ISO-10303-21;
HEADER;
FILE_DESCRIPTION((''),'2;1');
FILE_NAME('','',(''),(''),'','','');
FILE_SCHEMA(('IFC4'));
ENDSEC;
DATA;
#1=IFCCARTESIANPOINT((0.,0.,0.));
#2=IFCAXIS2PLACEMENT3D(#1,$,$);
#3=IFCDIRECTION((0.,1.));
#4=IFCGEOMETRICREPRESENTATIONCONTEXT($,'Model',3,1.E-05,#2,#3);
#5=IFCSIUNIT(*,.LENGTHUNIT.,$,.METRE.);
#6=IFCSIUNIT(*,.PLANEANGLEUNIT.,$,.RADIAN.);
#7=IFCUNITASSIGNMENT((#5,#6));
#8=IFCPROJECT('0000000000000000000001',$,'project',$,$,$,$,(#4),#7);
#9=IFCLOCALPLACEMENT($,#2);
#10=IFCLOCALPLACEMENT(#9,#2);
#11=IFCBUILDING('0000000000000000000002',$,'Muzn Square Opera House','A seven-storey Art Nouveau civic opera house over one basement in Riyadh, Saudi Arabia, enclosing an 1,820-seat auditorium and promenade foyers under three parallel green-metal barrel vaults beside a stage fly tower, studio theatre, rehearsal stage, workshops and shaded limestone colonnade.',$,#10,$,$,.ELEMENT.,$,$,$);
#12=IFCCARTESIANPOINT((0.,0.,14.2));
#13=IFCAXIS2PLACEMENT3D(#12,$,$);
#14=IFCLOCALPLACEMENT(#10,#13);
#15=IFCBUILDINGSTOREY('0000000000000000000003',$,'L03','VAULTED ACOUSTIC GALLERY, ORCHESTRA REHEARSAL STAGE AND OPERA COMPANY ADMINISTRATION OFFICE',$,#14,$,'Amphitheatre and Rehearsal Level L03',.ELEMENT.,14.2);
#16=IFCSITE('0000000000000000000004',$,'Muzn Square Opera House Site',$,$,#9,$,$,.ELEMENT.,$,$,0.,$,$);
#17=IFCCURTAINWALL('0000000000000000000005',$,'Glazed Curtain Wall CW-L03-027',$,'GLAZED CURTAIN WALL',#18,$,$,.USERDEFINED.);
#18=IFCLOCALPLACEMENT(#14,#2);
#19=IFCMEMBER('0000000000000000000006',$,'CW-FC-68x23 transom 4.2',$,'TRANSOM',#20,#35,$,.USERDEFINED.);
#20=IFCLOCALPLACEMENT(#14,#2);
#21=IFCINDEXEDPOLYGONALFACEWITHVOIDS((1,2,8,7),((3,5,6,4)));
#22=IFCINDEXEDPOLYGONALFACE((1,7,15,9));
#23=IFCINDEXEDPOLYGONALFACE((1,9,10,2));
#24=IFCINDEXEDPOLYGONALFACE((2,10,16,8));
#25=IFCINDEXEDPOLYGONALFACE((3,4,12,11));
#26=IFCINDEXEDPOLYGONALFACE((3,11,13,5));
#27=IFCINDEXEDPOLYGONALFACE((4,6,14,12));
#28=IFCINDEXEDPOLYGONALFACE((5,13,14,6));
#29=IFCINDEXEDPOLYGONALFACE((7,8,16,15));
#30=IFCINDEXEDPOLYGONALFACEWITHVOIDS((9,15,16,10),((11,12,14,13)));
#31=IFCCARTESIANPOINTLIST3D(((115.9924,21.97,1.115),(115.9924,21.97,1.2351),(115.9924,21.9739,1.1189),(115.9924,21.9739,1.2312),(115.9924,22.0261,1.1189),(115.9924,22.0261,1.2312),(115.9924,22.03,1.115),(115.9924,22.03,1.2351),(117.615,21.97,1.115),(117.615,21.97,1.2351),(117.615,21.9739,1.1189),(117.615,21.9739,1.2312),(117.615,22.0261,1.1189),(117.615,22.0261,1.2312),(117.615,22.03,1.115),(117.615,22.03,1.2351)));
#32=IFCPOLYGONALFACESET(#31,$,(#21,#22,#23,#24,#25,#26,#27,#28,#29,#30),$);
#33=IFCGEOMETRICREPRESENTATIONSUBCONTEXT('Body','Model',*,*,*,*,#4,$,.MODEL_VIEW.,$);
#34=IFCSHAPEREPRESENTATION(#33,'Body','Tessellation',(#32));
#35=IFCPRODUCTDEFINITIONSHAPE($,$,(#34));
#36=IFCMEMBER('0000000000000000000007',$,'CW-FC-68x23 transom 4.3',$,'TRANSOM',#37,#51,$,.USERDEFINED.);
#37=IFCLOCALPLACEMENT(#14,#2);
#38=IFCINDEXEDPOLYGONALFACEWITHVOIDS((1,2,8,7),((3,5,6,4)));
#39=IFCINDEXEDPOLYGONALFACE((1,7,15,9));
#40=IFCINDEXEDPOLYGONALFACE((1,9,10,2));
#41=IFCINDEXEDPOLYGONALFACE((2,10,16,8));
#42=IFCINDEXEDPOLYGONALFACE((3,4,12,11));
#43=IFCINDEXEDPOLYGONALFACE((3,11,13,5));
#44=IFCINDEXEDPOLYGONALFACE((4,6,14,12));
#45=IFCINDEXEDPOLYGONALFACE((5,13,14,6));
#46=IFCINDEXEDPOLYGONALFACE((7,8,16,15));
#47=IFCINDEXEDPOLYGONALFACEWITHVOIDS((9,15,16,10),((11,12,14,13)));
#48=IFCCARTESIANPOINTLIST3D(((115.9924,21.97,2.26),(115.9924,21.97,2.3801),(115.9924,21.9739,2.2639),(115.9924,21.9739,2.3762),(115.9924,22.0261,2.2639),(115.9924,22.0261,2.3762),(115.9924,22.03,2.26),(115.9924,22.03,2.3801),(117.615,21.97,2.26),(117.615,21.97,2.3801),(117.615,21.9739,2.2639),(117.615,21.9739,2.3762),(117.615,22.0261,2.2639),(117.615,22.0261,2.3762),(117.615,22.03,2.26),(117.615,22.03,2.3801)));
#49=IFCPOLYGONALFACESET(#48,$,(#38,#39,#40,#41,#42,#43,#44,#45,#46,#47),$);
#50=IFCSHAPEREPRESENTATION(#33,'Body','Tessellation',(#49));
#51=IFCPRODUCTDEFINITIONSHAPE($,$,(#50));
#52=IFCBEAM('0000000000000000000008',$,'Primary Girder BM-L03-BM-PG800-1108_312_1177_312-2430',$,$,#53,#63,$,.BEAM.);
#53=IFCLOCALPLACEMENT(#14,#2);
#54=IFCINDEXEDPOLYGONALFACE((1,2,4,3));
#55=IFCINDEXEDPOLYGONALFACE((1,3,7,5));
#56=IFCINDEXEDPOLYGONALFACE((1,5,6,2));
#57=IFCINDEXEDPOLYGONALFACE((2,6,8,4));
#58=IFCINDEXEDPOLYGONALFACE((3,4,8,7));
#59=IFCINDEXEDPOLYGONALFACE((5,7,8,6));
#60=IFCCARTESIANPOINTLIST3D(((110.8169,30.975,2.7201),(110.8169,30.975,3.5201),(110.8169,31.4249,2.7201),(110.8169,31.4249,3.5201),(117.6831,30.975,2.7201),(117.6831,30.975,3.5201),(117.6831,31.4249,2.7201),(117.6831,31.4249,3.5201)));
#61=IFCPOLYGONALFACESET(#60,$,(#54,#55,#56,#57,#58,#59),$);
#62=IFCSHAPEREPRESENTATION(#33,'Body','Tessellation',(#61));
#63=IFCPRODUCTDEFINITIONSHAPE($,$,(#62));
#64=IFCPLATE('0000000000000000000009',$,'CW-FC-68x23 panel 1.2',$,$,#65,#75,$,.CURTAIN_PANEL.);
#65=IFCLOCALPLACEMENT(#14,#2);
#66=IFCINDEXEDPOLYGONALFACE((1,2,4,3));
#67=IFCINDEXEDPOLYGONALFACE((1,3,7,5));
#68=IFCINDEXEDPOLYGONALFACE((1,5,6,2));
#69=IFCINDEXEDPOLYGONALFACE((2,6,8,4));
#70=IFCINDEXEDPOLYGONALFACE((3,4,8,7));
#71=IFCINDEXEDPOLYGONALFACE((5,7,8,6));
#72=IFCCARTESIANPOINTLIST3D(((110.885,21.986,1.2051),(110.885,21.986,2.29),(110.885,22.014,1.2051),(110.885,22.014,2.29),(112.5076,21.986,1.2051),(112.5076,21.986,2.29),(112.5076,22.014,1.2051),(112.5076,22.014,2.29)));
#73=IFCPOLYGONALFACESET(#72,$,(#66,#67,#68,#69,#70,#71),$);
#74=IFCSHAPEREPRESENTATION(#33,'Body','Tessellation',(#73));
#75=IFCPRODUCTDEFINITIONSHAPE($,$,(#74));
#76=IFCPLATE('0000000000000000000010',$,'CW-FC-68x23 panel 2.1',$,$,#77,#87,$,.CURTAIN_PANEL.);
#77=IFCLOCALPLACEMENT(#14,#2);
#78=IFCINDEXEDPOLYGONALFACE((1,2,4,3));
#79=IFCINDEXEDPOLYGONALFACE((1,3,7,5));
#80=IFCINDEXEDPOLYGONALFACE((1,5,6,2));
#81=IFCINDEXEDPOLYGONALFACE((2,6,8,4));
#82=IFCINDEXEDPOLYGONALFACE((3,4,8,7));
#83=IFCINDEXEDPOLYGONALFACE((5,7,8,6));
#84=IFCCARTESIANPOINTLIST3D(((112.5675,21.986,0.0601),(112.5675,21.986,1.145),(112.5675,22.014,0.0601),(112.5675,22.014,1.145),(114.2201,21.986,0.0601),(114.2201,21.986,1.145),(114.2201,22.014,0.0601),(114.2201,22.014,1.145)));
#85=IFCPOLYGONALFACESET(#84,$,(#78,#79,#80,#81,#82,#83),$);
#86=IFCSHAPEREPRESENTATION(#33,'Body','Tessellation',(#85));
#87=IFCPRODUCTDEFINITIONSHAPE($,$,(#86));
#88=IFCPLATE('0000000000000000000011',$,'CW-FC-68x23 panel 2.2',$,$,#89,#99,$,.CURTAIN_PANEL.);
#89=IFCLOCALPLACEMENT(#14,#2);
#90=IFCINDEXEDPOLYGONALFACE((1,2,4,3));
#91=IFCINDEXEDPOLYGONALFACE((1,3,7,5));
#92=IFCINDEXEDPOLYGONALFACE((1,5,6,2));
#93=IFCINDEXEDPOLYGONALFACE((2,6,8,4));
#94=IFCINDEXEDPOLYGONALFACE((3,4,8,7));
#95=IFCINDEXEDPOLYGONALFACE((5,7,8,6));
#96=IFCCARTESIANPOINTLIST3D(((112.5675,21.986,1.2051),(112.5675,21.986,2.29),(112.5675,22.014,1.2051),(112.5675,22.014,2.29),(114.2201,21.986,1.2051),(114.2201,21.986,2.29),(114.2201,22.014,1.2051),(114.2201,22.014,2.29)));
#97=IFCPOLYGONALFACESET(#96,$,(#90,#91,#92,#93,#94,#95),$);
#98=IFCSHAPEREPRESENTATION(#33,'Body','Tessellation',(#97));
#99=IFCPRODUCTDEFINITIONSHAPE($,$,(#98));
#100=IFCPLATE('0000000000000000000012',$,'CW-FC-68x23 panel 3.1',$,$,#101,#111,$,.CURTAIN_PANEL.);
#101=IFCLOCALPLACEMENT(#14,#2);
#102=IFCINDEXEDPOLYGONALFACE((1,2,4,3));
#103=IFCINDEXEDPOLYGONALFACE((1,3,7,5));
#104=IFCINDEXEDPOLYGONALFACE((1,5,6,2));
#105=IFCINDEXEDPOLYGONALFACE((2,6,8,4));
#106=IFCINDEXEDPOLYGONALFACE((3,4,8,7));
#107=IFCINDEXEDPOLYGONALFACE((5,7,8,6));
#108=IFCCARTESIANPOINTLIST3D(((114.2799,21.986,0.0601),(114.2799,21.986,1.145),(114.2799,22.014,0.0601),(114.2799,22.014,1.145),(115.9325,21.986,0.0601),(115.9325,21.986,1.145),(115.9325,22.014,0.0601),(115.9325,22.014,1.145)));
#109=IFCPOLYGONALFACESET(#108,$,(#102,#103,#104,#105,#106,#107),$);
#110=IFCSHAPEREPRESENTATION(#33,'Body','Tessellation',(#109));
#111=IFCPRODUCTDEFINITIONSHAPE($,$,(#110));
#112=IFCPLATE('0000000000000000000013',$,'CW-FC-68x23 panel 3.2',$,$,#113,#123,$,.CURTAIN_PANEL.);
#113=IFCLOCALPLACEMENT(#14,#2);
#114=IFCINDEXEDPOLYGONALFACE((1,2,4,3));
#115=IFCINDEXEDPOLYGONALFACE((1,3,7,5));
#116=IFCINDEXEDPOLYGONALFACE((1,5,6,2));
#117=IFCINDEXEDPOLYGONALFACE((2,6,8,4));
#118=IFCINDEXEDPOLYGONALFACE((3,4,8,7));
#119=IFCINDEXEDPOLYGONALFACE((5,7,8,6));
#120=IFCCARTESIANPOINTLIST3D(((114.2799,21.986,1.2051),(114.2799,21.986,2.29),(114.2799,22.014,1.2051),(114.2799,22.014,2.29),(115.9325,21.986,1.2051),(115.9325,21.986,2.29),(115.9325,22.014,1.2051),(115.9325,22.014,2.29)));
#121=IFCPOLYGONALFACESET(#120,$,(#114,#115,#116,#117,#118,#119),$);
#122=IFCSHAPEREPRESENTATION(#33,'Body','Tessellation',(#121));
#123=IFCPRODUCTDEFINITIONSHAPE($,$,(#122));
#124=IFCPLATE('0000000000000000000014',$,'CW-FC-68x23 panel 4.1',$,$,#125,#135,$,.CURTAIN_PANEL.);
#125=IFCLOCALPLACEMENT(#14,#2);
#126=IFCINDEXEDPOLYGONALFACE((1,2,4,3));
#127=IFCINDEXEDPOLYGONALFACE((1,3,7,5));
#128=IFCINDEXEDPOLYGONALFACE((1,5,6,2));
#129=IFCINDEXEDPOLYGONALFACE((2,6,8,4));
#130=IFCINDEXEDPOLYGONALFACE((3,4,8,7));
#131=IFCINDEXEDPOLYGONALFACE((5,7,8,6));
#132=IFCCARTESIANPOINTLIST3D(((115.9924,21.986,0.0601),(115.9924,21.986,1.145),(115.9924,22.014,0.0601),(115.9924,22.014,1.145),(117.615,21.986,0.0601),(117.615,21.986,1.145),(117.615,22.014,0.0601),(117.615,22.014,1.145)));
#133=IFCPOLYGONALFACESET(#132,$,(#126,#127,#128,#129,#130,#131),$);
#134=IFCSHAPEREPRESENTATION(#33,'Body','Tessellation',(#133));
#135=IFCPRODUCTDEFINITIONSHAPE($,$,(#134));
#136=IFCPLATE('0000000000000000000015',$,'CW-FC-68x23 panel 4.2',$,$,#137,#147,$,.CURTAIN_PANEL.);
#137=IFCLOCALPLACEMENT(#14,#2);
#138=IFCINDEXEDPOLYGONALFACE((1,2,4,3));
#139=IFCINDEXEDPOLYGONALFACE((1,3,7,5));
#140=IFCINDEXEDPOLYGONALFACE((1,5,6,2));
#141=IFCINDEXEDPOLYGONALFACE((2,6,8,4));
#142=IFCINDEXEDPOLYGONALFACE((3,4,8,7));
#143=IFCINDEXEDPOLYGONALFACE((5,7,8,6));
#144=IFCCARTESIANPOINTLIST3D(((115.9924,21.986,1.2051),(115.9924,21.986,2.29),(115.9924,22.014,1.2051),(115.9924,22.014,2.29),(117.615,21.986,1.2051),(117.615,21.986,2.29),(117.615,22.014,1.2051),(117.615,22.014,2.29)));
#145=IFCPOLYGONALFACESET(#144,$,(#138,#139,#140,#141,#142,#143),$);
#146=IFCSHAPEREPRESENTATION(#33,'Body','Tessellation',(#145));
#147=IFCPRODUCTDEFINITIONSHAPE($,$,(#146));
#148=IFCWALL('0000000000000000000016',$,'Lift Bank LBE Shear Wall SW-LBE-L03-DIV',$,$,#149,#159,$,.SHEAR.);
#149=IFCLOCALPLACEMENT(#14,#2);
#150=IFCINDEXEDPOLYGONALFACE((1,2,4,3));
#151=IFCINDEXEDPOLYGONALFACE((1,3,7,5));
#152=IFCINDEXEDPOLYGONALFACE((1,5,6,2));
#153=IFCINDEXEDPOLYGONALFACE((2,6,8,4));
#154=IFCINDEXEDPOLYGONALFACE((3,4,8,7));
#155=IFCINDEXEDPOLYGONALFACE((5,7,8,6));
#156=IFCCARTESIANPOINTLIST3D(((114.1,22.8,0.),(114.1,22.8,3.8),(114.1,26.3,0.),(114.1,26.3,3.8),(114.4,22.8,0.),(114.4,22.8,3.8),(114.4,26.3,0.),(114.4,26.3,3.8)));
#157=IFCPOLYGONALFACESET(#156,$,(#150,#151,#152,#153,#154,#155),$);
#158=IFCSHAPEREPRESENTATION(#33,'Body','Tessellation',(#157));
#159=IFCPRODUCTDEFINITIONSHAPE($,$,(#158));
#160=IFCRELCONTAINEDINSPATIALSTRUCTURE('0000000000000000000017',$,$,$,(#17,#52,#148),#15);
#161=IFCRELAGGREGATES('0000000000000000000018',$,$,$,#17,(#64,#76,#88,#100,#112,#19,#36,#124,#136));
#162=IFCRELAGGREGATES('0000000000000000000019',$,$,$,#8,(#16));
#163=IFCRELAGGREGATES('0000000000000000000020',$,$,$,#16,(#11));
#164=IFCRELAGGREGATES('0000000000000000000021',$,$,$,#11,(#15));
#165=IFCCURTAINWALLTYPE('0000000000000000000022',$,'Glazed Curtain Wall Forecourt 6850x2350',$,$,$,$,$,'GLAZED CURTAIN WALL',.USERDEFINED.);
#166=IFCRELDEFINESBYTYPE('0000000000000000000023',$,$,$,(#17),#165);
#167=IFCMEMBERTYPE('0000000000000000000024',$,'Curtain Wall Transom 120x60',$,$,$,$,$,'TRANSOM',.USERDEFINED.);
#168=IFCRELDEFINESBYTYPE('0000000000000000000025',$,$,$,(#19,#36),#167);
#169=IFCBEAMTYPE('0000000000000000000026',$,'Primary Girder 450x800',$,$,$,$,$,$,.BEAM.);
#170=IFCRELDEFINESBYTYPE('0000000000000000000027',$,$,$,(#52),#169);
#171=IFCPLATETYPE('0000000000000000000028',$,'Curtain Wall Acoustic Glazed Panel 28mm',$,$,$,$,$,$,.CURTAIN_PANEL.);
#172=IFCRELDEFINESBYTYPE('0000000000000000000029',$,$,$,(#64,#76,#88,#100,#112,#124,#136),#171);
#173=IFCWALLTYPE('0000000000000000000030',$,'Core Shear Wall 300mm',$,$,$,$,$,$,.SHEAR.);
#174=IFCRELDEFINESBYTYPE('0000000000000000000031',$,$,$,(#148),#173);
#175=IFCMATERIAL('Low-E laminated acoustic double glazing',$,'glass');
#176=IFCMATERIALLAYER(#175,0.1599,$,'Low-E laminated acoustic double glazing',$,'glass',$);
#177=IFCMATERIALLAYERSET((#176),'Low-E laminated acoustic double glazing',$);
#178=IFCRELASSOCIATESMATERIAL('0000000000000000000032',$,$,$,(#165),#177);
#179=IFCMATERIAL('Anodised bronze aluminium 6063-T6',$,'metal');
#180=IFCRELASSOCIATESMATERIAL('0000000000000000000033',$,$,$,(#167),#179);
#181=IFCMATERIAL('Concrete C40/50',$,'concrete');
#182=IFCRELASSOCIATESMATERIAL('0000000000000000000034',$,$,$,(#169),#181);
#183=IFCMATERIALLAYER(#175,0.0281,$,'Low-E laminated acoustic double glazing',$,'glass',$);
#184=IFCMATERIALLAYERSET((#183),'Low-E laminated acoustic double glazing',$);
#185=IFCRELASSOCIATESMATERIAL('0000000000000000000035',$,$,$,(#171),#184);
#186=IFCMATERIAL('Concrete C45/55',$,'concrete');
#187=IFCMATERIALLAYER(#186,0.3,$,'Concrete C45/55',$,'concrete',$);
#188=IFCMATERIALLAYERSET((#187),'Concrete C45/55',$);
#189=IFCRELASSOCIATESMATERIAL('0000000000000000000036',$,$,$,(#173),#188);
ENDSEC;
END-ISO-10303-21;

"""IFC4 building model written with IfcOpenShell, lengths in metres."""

from ifc_helpers import new_model, si_unit, direction, frame, frame_2d, origin, origin_2d, place, context, subcontext, project, spatial, rectangle, hollow_rectangle, extrude, material, layer, layer_set, material_profile, profile_set, type_object, element, aggregate, save


model = new_model("IFC4")

# Units and contexts
model_context = context("Model", 3, precision=1e-05, world=origin(), true_north=direction((0.0, 1.0)))
body_context = subcontext(model_context, "Body", "Model", "MODEL_VIEW")
ifc_project = project(units=[si_unit("LENGTHUNIT", "METRE"), si_unit("PLANEANGLEUNIT", "RADIAN")], contexts=[model_context])

# Site, building, storey
site_placement = place(None, origin())
site = spatial("IfcSite", under=ifc_project, at=site_placement, Name="Muzn Square Opera House Site", CompositionType="ELEMENT", RefElevation=0.0)
building_placement = place(site_placement, origin())
building = spatial("IfcBuilding", under=site, at=building_placement, Name="Muzn Square Opera House", Description="A seven-storey Art Nouveau civic opera house over one basement in Riyadh, Saudi Arabia, enclosing an 1,820-seat auditorium and promenade foyers under three parallel green-metal barrel vaults beside a stage fly tower, studio theatre, rehearsal stage, workshops and shaded limestone colonnade.", CompositionType="ELEMENT")
storey_placement = place(building_placement, frame((0.0, 0.0, 14.2)))
storey = spatial("IfcBuildingStorey", under=building, at=storey_placement, Name="L03", Description="VAULTED ACOUSTIC GALLERY, ORCHESTRA REHEARSAL STAGE AND OPERA COMPANY ADMINISTRATION OFFICE", LongName="Amphitheatre and Rehearsal Level L03", CompositionType="ELEMENT", Elevation=14.2)

# Curtain wall, members
ifc_material_1 = material(Name="Low-E laminated acoustic double glazing", Category="glass")
ifc_layer_1 = layer(ifc_material_1, 0.1599, Name="Low-E laminated acoustic double glazing", Category="glass")
ifc_layer_set_1 = layer_set([ifc_layer_1], Name="Low-E laminated acoustic double glazing")
curtain_wall_type = type_object("IfcCurtainWallType", Name="Glazed Curtain Wall Forecourt 6850x2350", ElementType="GLAZED CURTAIN WALL", PredefinedType="USERDEFINED", material=ifc_layer_set_1)
curtain_wall_placement = place(storey_placement, origin())
curtain_wall = element("IfcCurtainWall", 1, at=curtain_wall_placement, inside=storey, type_object=curtain_wall_type, Name="Glazed Curtain Wall CW-L03-027", ObjectType="GLAZED CURTAIN WALL", PredefinedType="USERDEFINED")
ifc_material_2 = material(Name="Anodised bronze aluminium 6063-T6", Category="metal")
ifc_material_profile_1 = material_profile(ifc_material_2, hollow_rectangle(XDim=0.0601, YDim=0.1201, WallThickness=0.0039, at=origin_2d()), Name="ALU 120x60x4", Category="metal")
ifc_profile_set_1 = profile_set([ifc_material_profile_1], Name="Anodised bronze aluminium 6063-T6")
member_type_1 = type_object("IfcMemberType", Name="Curtain Wall Transom 120x60", ElementType="TRANSOM", PredefinedType="USERDEFINED", material=ifc_profile_set_1)
member_1_placement = place(storey_placement, frame((115.9924, 22.0, 1.175), z_axis=(1.0, 0.0, 0.0), x_axis=(0.0, 1.0, 0.0)))
member_1 = element("IfcMember", 2, at=member_1_placement, type_object=member_type_1, Name="CW-FC-68x23 transom 4.2", ObjectType="TRANSOM", PredefinedType="USERDEFINED", context=body_context, shape_type="SweptSolid", body=[
    extrude(hollow_rectangle(XDim=0.0601, YDim=0.1201, WallThickness=0.0039, at=origin_2d()), origin(), (0.0, 0.0, 1.0), 1.6226),
])
member_2_placement = place(storey_placement, frame((115.9924, 22.0, 2.3201), z_axis=(1.0, 0.0, 0.0), x_axis=(0.0, 1.0, 0.0)))
member_2 = element("IfcMember", 3, at=member_2_placement, type_object=member_type_1, Name="CW-FC-68x23 transom 4.3", ObjectType="TRANSOM", PredefinedType="USERDEFINED", context=body_context, shape_type="SweptSolid", body=[
    extrude(hollow_rectangle(XDim=0.0601, YDim=0.1201, WallThickness=0.0039, at=origin_2d()), origin(), (0.0, 0.0, 1.0), 1.6226),
])

# Beam
ifc_material_3 = material(Name="Concrete C40/50", Category="concrete")
ifc_material_profile_2 = material_profile(ifc_material_3, rectangle(XDim=0.45, YDim=0.8, at=origin_2d()), Name="RCB 450x800", Category="concrete")
ifc_profile_set_2 = profile_set([ifc_material_profile_2], Name="Concrete C40/50")
beam_type = type_object("IfcBeamType", Name="Primary Girder 450x800", PredefinedType="BEAM", material=ifc_profile_set_2)
beam_placement = place(storey_placement, frame((110.8169, 31.2, 3.1201), z_axis=(1.0, 0.0, 0.0), x_axis=(0.0, 1.0, 0.0)))
element("IfcBeam", 4, at=beam_placement, inside=storey, type_object=beam_type, Name="Primary Girder BM-L03-BM-PG800-1108_312_1177_312-2430", PredefinedType="BEAM", context=body_context, shape_type="SweptSolid", body=[
    extrude(rectangle(XDim=0.45, YDim=0.8, at=origin_2d()), origin(), (0.0, 0.0, 1.0), 6.8662),
])

# Plates
ifc_layer_2 = layer(ifc_material_1, 0.0281, Name="Low-E laminated acoustic double glazing", Category="glass")
ifc_layer_set_2 = layer_set([ifc_layer_2], Name="Low-E laminated acoustic double glazing")
plate_type = type_object("IfcPlateType", Name="Curtain Wall Acoustic Glazed Panel 28mm", PredefinedType="CURTAIN_PANEL", material=ifc_layer_set_2)
plate_1_placement = place(storey_placement, frame((111.6963, 22.0, 1.2051), z_axis=(0.0, 0.0, 1.0), x_axis=(1.0, 0.0, 0.0)))
plate_1 = element("IfcPlate", 5, at=plate_1_placement, type_object=plate_type, Name="CW-FC-68x23 panel 1.2", PredefinedType="CURTAIN_PANEL", context=body_context, shape_type="SweptSolid", body=[
    extrude(rectangle(XDim=1.6226, YDim=0.0281, at=origin_2d()), origin(), (0.0, 0.0, 1.0), 1.085),
])
plate_2_placement = place(storey_placement, frame((113.3938, 22.0, 0.0601), z_axis=(0.0, 0.0, 1.0), x_axis=(1.0, 0.0, 0.0)))
plate_2 = element("IfcPlate", 6, at=plate_2_placement, type_object=plate_type, Name="CW-FC-68x23 panel 2.1", PredefinedType="CURTAIN_PANEL", context=body_context, shape_type="SweptSolid", body=[
    extrude(rectangle(XDim=1.6526, YDim=0.0281, at=origin_2d()), origin(), (0.0, 0.0, 1.0), 1.085),
])
plate_3_placement = place(storey_placement, frame((113.3938, 22.0, 1.2051), z_axis=(0.0, 0.0, 1.0), x_axis=(1.0, 0.0, 0.0)))
plate_3 = element("IfcPlate", 7, at=plate_3_placement, type_object=plate_type, Name="CW-FC-68x23 panel 2.2", PredefinedType="CURTAIN_PANEL", context=body_context, shape_type="SweptSolid", body=[
    extrude(rectangle(XDim=1.6526, YDim=0.0281, at=origin_2d()), origin(), (0.0, 0.0, 1.0), 1.085),
])
plate_4_placement = place(storey_placement, frame((115.1062, 22.0, 0.0601), z_axis=(0.0, 0.0, 1.0), x_axis=(1.0, 0.0, 0.0)))
plate_4 = element("IfcPlate", 8, at=plate_4_placement, type_object=plate_type, Name="CW-FC-68x23 panel 3.1", PredefinedType="CURTAIN_PANEL", context=body_context, shape_type="SweptSolid", body=[
    extrude(rectangle(XDim=1.6526, YDim=0.0281, at=origin_2d()), origin(), (0.0, 0.0, 1.0), 1.085),
])
plate_5_placement = place(storey_placement, frame((115.1062, 22.0, 1.2051), z_axis=(0.0, 0.0, 1.0), x_axis=(1.0, 0.0, 0.0)))
plate_5 = element("IfcPlate", 9, at=plate_5_placement, type_object=plate_type, Name="CW-FC-68x23 panel 3.2", PredefinedType="CURTAIN_PANEL", context=body_context, shape_type="SweptSolid", body=[
    extrude(rectangle(XDim=1.6526, YDim=0.0281, at=origin_2d()), origin(), (0.0, 0.0, 1.0), 1.085),
])
plate_6_placement = place(storey_placement, frame((116.8037, 22.0, 0.0601), z_axis=(0.0, 0.0, 1.0), x_axis=(1.0, 0.0, 0.0)))
plate_6 = element("IfcPlate", 10, at=plate_6_placement, type_object=plate_type, Name="CW-FC-68x23 panel 4.1", PredefinedType="CURTAIN_PANEL", context=body_context, shape_type="SweptSolid", body=[
    extrude(rectangle(XDim=1.6226, YDim=0.0281, at=origin_2d()), origin(), (0.0, 0.0, 1.0), 1.085),
])
plate_7_placement = place(storey_placement, frame((116.8037, 22.0, 1.2051), z_axis=(0.0, 0.0, 1.0), x_axis=(1.0, 0.0, 0.0)))
plate_7 = element("IfcPlate", 11, at=plate_7_placement, type_object=plate_type, Name="CW-FC-68x23 panel 4.2", PredefinedType="CURTAIN_PANEL", context=body_context, shape_type="SweptSolid", body=[
    extrude(rectangle(XDim=1.6226, YDim=0.0281, at=origin_2d()), origin(), (0.0, 0.0, 1.0), 1.085),
])
aggregate(curtain_wall, [plate_1, plate_2, plate_3, plate_4, plate_5, member_1, member_2, plate_6, plate_7])

# Wall
ifc_material_4 = material(Name="Concrete C45/55", Category="concrete")
ifc_layer_3 = layer(ifc_material_4, 0.3, Name="Concrete C45/55", Category="concrete")
ifc_layer_set_3 = layer_set([ifc_layer_3], Name="Concrete C45/55")
wall_type = type_object("IfcWallType", Name="Core Shear Wall 300mm", PredefinedType="SHEAR", material=ifc_layer_set_3)
wall_placement = place(storey_placement, frame((114.25, 22.8, 0.0), z_axis=(0.0, 0.0, 1.0), x_axis=(0.0, 1.0, 0.0)))
element("IfcWall", 12, at=wall_placement, inside=storey, type_object=wall_type, Name="Lift Bank LBE Shear Wall SW-LBE-L03-DIV", PredefinedType="SHEAR", context=body_context, shape_type="SweptSolid", body=[
    extrude(rectangle(XDim=3.5, YDim=0.3, at=frame_2d((1.75, 0.0))), origin(), (0.0, 0.0, 1.0), 3.8),
])

save(model, "model.ifc")
